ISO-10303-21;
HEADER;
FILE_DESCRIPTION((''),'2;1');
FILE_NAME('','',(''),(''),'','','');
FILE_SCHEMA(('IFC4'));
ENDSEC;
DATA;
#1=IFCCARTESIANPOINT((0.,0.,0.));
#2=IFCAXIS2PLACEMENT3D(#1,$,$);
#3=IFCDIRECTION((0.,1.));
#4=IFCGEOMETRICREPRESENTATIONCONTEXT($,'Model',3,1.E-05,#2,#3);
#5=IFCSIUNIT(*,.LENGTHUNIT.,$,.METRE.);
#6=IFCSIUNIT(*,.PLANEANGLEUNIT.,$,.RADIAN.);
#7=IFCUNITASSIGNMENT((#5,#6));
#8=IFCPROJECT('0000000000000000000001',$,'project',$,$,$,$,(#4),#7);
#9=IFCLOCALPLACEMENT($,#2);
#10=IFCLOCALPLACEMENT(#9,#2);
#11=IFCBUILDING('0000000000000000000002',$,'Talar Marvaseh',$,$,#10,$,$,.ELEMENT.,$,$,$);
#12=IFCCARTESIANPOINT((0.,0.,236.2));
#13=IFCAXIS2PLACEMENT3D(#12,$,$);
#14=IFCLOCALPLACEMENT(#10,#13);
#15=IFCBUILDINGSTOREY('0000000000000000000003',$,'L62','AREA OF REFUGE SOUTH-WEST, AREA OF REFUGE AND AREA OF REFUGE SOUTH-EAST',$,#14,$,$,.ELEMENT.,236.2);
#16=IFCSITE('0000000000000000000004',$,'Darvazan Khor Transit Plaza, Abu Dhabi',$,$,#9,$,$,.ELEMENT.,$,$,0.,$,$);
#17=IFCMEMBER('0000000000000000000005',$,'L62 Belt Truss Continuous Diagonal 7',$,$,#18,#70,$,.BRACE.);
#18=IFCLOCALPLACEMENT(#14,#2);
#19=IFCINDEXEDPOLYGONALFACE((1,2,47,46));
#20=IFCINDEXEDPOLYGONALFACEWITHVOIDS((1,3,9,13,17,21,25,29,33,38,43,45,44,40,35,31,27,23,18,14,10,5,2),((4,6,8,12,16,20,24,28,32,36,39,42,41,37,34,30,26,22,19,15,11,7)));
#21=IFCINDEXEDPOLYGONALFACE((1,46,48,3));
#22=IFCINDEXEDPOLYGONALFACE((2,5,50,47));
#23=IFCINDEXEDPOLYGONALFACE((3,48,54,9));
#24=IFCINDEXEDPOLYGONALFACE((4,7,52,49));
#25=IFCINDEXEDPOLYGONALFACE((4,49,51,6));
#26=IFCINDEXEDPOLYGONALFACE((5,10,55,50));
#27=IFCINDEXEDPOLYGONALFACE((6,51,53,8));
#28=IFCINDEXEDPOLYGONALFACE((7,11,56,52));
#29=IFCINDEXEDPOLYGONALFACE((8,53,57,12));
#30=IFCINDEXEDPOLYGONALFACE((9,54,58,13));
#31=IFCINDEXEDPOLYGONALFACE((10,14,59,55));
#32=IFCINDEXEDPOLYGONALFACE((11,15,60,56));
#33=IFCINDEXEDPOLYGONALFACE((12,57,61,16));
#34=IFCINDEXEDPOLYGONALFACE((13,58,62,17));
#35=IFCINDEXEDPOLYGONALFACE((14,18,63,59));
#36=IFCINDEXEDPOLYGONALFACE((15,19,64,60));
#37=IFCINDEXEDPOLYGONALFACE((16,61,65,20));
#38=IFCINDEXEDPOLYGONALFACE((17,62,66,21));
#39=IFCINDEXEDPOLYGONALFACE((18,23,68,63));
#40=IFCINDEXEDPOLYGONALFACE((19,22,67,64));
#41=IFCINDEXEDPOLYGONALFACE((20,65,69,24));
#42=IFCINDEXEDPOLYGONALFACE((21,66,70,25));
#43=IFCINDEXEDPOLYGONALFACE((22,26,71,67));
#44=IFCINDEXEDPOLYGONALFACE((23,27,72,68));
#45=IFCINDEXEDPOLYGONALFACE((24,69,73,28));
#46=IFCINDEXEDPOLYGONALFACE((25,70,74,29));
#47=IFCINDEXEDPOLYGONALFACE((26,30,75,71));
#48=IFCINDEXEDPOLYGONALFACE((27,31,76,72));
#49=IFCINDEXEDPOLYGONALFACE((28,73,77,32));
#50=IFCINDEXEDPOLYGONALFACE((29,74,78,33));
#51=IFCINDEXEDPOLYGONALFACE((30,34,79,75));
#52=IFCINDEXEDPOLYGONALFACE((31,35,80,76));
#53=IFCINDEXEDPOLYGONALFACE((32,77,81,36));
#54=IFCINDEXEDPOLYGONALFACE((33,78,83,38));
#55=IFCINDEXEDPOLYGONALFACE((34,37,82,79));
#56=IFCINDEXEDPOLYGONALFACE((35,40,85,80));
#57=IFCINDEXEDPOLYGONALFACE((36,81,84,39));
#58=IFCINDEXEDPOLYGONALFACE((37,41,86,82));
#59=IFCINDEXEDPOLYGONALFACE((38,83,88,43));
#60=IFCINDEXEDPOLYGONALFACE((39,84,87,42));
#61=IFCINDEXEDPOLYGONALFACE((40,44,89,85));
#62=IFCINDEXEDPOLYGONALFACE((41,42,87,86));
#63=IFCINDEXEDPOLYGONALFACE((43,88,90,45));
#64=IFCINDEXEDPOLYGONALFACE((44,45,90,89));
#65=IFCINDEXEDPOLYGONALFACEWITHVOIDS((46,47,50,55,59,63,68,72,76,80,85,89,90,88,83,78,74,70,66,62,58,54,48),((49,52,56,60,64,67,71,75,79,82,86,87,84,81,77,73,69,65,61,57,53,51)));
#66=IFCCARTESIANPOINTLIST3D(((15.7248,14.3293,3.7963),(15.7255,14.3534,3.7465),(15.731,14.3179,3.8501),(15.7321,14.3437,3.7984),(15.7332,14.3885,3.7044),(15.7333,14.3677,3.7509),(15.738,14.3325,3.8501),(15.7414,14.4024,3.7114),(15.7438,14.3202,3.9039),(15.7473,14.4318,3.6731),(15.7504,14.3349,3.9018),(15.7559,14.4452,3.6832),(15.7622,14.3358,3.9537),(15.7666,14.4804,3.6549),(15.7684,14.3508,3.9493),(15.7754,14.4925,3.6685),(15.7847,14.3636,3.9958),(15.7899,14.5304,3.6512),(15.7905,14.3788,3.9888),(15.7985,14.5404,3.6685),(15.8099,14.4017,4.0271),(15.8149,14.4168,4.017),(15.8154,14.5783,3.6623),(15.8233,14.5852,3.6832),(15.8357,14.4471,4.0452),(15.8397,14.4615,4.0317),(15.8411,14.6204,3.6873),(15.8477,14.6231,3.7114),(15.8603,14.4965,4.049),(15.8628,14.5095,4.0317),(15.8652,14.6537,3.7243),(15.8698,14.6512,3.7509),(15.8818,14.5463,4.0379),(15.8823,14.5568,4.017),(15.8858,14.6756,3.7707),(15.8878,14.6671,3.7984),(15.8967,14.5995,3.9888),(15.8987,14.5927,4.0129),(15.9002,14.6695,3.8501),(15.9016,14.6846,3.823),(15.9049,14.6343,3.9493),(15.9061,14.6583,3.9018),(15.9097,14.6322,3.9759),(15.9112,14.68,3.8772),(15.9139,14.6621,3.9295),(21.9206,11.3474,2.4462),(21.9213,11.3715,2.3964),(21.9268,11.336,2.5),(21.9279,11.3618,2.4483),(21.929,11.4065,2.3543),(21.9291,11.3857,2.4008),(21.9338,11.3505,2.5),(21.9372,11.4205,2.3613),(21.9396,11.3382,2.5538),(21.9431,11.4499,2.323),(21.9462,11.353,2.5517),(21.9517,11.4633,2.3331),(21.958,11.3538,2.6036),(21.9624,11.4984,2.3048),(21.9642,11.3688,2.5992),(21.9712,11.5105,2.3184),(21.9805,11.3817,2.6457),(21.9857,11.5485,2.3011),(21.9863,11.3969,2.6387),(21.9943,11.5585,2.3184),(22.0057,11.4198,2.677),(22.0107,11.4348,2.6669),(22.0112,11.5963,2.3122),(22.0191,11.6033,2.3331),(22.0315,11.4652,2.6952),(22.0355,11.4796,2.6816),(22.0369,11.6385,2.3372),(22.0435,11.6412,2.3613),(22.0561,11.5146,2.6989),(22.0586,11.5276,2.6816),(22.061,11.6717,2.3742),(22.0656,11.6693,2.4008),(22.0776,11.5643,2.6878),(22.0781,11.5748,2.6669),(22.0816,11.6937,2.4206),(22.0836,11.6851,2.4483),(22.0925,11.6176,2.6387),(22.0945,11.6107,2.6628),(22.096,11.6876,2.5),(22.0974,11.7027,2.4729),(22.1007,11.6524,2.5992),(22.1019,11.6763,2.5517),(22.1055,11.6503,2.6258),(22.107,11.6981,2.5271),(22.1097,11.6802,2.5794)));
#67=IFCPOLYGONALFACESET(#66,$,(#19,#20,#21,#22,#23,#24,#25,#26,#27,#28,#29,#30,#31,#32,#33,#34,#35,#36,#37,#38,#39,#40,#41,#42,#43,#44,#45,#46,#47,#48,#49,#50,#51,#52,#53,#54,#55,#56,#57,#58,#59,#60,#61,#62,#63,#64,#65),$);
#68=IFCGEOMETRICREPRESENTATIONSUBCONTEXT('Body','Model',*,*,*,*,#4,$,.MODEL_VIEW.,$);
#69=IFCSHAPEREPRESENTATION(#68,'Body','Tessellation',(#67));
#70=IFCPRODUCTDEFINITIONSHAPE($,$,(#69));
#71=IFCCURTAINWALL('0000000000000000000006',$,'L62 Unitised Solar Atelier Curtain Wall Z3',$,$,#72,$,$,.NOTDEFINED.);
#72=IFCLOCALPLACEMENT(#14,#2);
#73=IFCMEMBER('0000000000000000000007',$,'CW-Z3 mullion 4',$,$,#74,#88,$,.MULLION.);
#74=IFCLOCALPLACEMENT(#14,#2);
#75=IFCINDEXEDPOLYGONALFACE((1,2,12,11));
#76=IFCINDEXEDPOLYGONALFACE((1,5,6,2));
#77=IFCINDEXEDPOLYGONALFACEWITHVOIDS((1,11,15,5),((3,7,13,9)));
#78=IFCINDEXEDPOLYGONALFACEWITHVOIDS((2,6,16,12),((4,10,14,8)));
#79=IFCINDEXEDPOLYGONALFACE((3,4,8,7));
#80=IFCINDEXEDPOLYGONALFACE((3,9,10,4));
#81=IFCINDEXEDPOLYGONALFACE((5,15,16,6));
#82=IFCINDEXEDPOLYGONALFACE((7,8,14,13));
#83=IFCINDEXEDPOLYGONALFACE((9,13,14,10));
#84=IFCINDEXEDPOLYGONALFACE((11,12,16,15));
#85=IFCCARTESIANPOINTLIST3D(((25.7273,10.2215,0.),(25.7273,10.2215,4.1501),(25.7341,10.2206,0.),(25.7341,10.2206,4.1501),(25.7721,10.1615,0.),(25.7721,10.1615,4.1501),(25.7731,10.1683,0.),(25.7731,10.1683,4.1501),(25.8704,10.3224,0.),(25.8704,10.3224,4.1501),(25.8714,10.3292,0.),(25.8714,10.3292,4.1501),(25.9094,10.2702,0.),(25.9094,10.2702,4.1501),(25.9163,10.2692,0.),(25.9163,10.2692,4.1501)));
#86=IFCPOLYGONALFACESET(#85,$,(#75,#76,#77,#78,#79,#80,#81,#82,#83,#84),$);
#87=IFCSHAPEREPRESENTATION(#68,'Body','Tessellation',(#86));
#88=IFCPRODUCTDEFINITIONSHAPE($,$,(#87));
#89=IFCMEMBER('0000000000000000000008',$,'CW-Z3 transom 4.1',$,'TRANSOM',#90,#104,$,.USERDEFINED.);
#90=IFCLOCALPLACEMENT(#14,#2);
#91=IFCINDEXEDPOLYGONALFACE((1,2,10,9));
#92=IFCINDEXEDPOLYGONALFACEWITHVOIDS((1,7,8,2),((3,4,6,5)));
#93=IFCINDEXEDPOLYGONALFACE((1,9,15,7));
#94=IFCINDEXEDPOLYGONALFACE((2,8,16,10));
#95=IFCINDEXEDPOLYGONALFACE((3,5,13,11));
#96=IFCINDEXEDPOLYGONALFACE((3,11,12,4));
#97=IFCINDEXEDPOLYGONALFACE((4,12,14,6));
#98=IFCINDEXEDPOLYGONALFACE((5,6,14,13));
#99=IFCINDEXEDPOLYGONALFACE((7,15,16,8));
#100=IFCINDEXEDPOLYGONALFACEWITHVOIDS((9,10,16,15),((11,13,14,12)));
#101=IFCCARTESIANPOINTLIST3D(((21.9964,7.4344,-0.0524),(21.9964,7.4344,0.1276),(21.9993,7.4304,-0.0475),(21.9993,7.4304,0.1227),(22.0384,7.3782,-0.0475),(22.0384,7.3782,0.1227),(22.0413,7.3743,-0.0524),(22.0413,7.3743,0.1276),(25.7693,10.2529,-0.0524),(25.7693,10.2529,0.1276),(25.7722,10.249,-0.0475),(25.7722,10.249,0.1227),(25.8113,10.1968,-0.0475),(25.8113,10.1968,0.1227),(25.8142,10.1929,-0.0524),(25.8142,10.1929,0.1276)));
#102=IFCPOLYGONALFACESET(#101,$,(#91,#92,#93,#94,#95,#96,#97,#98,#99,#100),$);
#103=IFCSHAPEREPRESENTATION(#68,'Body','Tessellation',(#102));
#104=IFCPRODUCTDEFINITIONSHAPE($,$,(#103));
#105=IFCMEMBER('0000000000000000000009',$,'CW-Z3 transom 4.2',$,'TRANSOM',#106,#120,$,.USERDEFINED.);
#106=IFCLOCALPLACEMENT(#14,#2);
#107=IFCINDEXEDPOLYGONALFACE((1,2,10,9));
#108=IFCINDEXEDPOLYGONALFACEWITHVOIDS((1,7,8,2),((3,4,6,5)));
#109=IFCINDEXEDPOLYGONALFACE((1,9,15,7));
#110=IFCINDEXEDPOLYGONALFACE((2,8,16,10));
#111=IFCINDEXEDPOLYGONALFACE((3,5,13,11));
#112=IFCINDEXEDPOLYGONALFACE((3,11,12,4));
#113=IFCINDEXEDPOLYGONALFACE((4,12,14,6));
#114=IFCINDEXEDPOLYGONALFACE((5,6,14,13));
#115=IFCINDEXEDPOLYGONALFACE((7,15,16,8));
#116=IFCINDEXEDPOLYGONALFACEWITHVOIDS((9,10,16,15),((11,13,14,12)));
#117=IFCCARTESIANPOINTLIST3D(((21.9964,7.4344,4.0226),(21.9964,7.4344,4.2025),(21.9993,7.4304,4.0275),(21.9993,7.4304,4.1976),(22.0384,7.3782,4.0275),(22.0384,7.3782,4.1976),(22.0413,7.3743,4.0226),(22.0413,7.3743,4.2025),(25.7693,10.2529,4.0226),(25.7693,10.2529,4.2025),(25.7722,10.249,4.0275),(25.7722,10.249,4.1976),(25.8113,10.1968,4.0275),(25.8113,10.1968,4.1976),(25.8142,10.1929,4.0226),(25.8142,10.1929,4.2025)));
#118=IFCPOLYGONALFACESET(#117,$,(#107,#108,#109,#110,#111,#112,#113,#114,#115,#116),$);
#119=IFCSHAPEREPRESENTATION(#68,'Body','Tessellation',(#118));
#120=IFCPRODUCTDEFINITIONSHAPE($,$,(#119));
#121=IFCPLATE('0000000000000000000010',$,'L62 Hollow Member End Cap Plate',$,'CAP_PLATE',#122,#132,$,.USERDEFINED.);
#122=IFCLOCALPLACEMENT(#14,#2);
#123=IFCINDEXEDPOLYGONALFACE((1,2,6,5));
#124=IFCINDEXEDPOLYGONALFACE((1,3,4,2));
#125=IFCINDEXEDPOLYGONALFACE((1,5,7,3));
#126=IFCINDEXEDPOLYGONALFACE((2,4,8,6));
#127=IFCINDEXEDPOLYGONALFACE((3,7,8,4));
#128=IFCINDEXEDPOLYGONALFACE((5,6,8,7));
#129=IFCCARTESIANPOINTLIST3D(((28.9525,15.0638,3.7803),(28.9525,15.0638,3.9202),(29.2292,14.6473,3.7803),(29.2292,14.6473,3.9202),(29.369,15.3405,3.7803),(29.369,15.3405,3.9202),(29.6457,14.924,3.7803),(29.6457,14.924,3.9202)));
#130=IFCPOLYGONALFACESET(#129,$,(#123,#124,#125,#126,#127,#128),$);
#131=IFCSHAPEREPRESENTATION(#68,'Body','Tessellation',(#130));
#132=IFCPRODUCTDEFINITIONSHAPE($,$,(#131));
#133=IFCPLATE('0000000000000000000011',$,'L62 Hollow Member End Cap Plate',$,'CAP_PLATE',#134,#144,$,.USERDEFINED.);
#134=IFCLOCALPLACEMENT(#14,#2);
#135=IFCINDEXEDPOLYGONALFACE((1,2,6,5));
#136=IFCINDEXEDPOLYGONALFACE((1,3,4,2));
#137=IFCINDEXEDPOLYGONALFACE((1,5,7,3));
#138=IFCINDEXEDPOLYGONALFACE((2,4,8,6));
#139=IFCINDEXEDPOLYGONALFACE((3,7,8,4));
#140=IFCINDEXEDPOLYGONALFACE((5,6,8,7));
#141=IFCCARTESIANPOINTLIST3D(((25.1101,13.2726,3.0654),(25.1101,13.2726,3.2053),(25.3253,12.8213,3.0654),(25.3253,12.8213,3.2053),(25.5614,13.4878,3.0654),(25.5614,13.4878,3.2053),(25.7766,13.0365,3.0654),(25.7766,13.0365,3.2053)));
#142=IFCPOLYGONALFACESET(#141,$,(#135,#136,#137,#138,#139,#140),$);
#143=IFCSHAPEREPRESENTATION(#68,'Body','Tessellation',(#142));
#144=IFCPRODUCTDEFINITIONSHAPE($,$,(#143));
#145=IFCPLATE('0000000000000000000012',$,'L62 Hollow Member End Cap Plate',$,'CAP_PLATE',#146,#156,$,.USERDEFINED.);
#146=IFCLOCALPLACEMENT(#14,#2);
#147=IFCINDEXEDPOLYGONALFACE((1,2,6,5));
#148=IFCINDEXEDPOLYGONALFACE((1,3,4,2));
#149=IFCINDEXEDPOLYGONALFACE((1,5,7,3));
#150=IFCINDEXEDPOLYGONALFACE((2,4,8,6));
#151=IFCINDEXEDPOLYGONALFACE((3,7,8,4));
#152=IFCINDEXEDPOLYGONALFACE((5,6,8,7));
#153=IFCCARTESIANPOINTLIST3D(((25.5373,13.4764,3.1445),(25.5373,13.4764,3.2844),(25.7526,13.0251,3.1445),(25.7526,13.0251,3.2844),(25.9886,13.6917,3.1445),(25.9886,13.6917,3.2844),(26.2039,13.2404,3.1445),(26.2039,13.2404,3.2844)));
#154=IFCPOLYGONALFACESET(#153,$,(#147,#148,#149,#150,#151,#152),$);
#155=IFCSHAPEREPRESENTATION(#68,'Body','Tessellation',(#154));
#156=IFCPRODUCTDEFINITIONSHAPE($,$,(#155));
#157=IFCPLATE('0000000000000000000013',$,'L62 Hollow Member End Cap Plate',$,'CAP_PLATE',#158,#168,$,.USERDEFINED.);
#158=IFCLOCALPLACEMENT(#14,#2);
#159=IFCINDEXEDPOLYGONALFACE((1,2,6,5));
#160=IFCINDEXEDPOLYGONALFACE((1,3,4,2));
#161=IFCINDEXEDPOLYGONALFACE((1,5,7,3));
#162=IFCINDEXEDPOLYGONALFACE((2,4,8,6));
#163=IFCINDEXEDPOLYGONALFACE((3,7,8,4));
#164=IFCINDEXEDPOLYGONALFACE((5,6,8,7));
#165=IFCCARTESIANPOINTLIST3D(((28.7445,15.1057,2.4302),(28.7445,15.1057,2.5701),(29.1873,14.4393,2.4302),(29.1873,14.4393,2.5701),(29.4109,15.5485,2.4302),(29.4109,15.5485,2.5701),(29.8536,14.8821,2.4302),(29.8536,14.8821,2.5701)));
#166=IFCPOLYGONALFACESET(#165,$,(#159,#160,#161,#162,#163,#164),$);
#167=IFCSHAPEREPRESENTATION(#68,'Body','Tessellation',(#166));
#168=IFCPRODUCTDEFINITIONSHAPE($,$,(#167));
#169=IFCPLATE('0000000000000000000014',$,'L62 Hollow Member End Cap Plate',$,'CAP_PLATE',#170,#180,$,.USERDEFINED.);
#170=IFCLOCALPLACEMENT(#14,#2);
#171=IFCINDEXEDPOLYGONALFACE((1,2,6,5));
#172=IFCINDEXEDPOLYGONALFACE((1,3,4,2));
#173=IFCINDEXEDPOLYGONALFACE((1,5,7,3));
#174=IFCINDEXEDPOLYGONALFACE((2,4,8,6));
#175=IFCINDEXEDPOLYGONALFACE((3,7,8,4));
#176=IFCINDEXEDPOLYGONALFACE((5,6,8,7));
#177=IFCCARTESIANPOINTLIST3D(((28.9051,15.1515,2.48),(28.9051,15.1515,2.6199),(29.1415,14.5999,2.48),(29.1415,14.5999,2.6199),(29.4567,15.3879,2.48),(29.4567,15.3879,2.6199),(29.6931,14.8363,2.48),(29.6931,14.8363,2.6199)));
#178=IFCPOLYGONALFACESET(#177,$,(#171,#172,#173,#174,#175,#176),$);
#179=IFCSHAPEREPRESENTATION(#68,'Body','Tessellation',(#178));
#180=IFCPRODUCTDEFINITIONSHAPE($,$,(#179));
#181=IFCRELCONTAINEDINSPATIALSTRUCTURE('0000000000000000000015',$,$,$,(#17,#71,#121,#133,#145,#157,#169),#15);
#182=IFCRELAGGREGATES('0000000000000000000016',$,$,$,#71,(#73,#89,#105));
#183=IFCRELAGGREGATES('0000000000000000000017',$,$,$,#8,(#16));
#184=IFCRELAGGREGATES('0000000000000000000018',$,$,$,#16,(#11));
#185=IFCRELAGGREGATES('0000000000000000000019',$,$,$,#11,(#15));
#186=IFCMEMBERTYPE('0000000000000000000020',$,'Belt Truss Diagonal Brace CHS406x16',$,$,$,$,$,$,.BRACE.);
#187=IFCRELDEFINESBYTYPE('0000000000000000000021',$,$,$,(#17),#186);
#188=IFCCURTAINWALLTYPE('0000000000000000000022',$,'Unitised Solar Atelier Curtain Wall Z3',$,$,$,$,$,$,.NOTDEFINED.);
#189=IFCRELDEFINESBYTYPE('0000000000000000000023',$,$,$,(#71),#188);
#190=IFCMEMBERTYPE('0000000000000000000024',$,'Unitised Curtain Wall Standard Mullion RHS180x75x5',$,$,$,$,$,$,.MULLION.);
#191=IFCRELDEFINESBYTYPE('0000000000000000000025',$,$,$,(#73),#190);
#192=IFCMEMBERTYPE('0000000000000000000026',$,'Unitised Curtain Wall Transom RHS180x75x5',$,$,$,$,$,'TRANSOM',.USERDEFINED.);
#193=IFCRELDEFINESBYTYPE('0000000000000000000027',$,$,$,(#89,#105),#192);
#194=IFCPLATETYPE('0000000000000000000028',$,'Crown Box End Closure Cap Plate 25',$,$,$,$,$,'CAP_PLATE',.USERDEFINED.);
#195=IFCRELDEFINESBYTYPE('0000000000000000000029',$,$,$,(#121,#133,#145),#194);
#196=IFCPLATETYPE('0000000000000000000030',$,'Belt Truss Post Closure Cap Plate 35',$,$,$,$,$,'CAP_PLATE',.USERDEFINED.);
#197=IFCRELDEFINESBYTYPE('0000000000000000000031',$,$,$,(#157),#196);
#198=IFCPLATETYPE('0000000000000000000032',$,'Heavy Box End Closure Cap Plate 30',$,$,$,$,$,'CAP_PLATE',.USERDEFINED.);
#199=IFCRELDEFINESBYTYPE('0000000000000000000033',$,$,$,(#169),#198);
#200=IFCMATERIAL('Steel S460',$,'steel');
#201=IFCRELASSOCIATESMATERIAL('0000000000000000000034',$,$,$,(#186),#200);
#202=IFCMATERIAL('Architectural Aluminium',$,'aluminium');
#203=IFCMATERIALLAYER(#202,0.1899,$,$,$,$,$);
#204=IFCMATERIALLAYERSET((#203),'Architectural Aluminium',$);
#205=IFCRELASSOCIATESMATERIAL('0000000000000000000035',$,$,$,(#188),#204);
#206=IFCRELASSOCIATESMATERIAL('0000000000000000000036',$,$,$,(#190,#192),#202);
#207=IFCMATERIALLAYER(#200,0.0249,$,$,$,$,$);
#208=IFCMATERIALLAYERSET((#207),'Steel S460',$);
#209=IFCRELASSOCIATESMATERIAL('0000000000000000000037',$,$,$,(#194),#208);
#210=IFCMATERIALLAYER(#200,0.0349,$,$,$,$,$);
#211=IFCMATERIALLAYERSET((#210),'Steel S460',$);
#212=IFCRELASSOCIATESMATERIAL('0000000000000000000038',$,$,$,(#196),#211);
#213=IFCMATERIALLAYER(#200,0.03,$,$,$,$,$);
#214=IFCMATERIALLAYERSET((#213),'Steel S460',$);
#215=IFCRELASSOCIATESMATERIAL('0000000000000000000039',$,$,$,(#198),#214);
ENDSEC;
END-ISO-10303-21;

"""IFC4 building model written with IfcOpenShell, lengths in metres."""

from ifc_helpers import new_model, si_unit, direction, frame, origin, origin_2d, place, context, subcontext, project, spatial, rectangle, hollow_rectangle, hollow_circle, extrude, source, transform, mapped, material, layer, layer_set, material_profile, profile_set, type_object, type_shapes, element, aggregate, save


model = new_model("IFC4")

# Units and contexts
model_context = context("Model", 3, precision=1e-05, world=origin(), true_north=direction((0.0, 1.0)))
body_context = subcontext(model_context, "Body", "Model", "MODEL_VIEW")
ifc_project = project(units=[si_unit("LENGTHUNIT", "METRE"), si_unit("PLANEANGLEUNIT", "RADIAN")], contexts=[model_context])

# Site, building, storey
site_placement = place(None, origin())
site = spatial("IfcSite", under=ifc_project, at=site_placement, Name="Darvazan Khor Transit Plaza, Abu Dhabi", CompositionType="ELEMENT", RefElevation=0.0)
building_placement = place(site_placement, origin())
building = spatial("IfcBuilding", under=site, at=building_placement, Name="Talar Marvaseh", CompositionType="ELEMENT")
storey_placement = place(building_placement, frame((0.0, 0.0, 236.2)))
storey = spatial("IfcBuildingStorey", under=building, at=storey_placement, Name="L62", Description="AREA OF REFUGE SOUTH-WEST, AREA OF REFUGE AND AREA OF REFUGE SOUTH-EAST", CompositionType="ELEMENT", Elevation=236.2)

# Shared definitions
ifc_material_1 = material(Name="Steel S460", Category="steel")

# Member
ifc_material_profile_1 = material_profile(ifc_material_1, hollow_circle(Radius=0.2031, WallThickness=0.0161, at=origin_2d()), Name="CHS406x16")
ifc_profile_set_1 = profile_set([ifc_material_profile_1], Name="Steel S460")
member_type_1 = type_object("IfcMemberType", Name="Belt Truss Diagonal Brace CHS406x16", PredefinedType="BRACE", material=ifc_profile_set_1)
shared_shape_1 = source(origin(), body_context, "Body", "SweptSolid", [
    extrude(hollow_circle(Radius=0.2031, WallThickness=0.0161, at=origin_2d()), origin(), (0.0, 0.0, 1.0), 7.0073),
])
member_1_placement = place(storey_placement, frame((22.0149, 11.519, 2.5), z_axis=(-0.884189, 0.425545, 0.192669), x_axis=(-0.43367, -0.901072, 0.0)))
element("IfcMember", 1, at=member_1_placement, inside=storey, type_object=member_type_1, Name="L62 Belt Truss Continuous Diagonal 7", PredefinedType="BRACE", context=body_context, shape_type="MappedRepresentation", body=[
    mapped(shared_shape_1, transform((0.0, 0.0, 0.0), x_axis=(1.0, 0.0, 0.0), y_axis=(0.0, 1.0, 0.0), z_axis=(0.0, 0.0, 1.0), scale=1.0)),
])

# Curtain wall, members
ifc_material_2 = material(Name="Architectural Aluminium", Category="aluminium")
ifc_layer_1 = layer(ifc_material_2, 0.1899)
ifc_layer_set_1 = layer_set([ifc_layer_1], Name="Architectural Aluminium")
curtain_wall_type = type_object("IfcCurtainWallType", Name="Unitised Solar Atelier Curtain Wall Z3", PredefinedType="NOTDEFINED", material=ifc_layer_set_1)
curtain_wall_placement = place(storey_placement, origin())
curtain_wall = element("IfcCurtainWall", 2, at=curtain_wall_placement, inside=storey, type_object=curtain_wall_type, Name="L62 Unitised Solar Atelier Curtain Wall Z3", PredefinedType="NOTDEFINED")
ifc_material_profile_2 = material_profile(ifc_material_2, hollow_rectangle(XDim=0.075, YDim=0.1799, WallThickness=0.0049, at=origin_2d()), Name="RHS180x75x5")
ifc_profile_set_2 = profile_set([ifc_material_profile_2], Name="Architectural Aluminium")
member_type_2 = type_object("IfcMemberType", Name="Unitised Curtain Wall Standard Mullion RHS180x75x5", PredefinedType="MULLION", material=ifc_profile_set_2)
shared_shape_2 = source(origin(), body_context, "Body", "SweptSolid", [
    extrude(hollow_rectangle(XDim=0.075, YDim=0.1799, WallThickness=0.0049, at=origin_2d()), origin(), (0.0, 0.0, 1.0), 4.1501),
])
type_shapes(member_type_2, [shared_shape_2])
member_2_placement = place(storey_placement, frame((25.8218, 10.2454, 0.0), z_axis=(0.0, 0.0, 1.0), x_axis=(0.598448, -0.801162, 0.0)))
member_2 = element("IfcMember", 3, at=member_2_placement, type_object=member_type_2, Name="CW-Z3 mullion 4", PredefinedType="MULLION", context=body_context, shape_type="MappedRepresentation", body=[
    mapped(shared_shape_2, transform((0.0, 0.0, 0.0), x_axis=(1.0, 0.0, 0.0), y_axis=(0.0, 1.0, 0.0), z_axis=(0.0, 0.0, 1.0), scale=1.0)),
])
ifc_material_profile_3 = material_profile(ifc_material_2, hollow_rectangle(XDim=0.075, YDim=0.1799, WallThickness=0.0049, at=origin_2d()), Name="RHS180x75x5")
ifc_profile_set_3 = profile_set([ifc_material_profile_3], Name="Architectural Aluminium")
member_type_3 = type_object("IfcMemberType", Name="Unitised Curtain Wall Transom RHS180x75x5", ElementType="TRANSOM", PredefinedType="USERDEFINED", material=ifc_profile_set_3)
shared_shape_3 = source(origin(), body_context, "Body", "SweptSolid", [
    extrude(hollow_rectangle(XDim=0.075, YDim=0.1799, WallThickness=0.0049, at=origin_2d()), origin(), (0.0, 0.0, 1.0), 4.7095),
])
type_shapes(member_type_3, [shared_shape_3])
member_3_placement = place(storey_placement, frame((25.7917, 10.2229, 0.0376), z_axis=(-0.801131, -0.598489, 0.0), x_axis=(0.598489, -0.801131, 0.0)))
member_3 = element("IfcMember", 4, at=member_3_placement, type_object=member_type_3, Name="CW-Z3 transom 4.1", ObjectType="TRANSOM", PredefinedType="USERDEFINED", context=body_context, shape_type="MappedRepresentation", body=[
    mapped(shared_shape_3, transform((0.0, 0.0, 0.0), x_axis=(1.0, 0.0, 0.0), y_axis=(0.0, 1.0, 0.0), z_axis=(0.0, 0.0, 1.0), scale=1.0)),
])
member_4_placement = place(storey_placement, frame((25.7917, 10.2229, 4.1125), z_axis=(-0.801131, -0.598489, 0.0), x_axis=(0.598489, -0.801131, 0.0)))
member_4 = element("IfcMember", 5, at=member_4_placement, type_object=member_type_3, Name="CW-Z3 transom 4.2", ObjectType="TRANSOM", PredefinedType="USERDEFINED", context=body_context, shape_type="MappedRepresentation", body=[
    mapped(shared_shape_3, transform((0.0, 0.0, 0.0), x_axis=(1.0, 0.0, 0.0), y_axis=(0.0, 1.0, 0.0), z_axis=(0.0, 0.0, 1.0), scale=1.0)),
])

# Plates
ifc_layer_2 = layer(ifc_material_1, 0.0249)
ifc_layer_set_2 = layer_set([ifc_layer_2], Name="Steel S460")
plate_type_1 = type_object("IfcPlateType", Name="Crown Box End Closure Cap Plate 25", ElementType="CAP_PLATE", PredefinedType="USERDEFINED", material=ifc_layer_set_2)
shared_shape_4 = source(origin(), body_context, "Body", "SweptSolid", [
    extrude(rectangle(XDim=0.5, YDim=0.5, at=origin_2d()), origin(), (0.0, 0.0, 1.0), 0.1399),
])
type_shapes(plate_type_1, [shared_shape_4])
for number, where, z_axis, x_axis, name in (
    (6, (29.2991, 14.9939, 3.7803), (0.0, 0.0, 1.0), (-0.832921, -0.553392, 0.0), "L62 Hollow Member End Cap Plate"),
    (7, (25.4434, 13.1545, 3.0654), (0.0, 0.0, 1.0), (0.902585, 0.430511, 0.0), "L62 Hollow Member End Cap Plate"),
    (8, (25.8706, 13.3584, 3.1445), (0.0, 0.0, 1.0), (0.902585, 0.430511, 0.0), "L62 Hollow Member End Cap Plate"),
):
    element("IfcPlate", number, at=place(storey_placement, frame(where, z_axis=z_axis, x_axis=x_axis)), inside=storey, type_object=plate_type_1, Name=name, ObjectType="CAP_PLATE", PredefinedType="USERDEFINED", context=body_context, shape_type="MappedRepresentation", body=[
        mapped(shared_shape_4, transform((0.0, 0.0, 0.0), x_axis=(1.0, 0.0, 0.0), y_axis=(0.0, 1.0, 0.0), z_axis=(0.0, 0.0, 1.0), scale=1.0)),
    ])
ifc_layer_3 = layer(ifc_material_1, 0.0349)
ifc_layer_set_3 = layer_set([ifc_layer_3], Name="Steel S460")
plate_type_2 = type_object("IfcPlateType", Name="Belt Truss Post Closure Cap Plate 35", ElementType="CAP_PLATE", PredefinedType="USERDEFINED", material=ifc_layer_set_3)
shared_shape_5 = source(origin(), body_context, "Body", "SweptSolid", [
    extrude(rectangle(XDim=0.8, YDim=0.8, at=origin_2d()), origin(), (0.0, 0.0, 1.0), 0.1399),
])
plate_1_placement = place(storey_placement, frame((29.2991, 14.9939, 2.4302), z_axis=(0.0, 0.0, 1.0), x_axis=(-0.832921, -0.553392, 0.0)))
element("IfcPlate", 9, at=plate_1_placement, inside=storey, type_object=plate_type_2, Name="L62 Hollow Member End Cap Plate", ObjectType="CAP_PLATE", PredefinedType="USERDEFINED", context=body_context, shape_type="MappedRepresentation", body=[
    mapped(shared_shape_5, transform((0.0, 0.0, 0.0), x_axis=(1.0, 0.0, 0.0), y_axis=(0.0, 1.0, 0.0), z_axis=(0.0, 0.0, 1.0), scale=1.0)),
])
ifc_layer_4 = layer(ifc_material_1, 0.03)
ifc_layer_set_4 = layer_set([ifc_layer_4], Name="Steel S460")
plate_type_3 = type_object("IfcPlateType", Name="Heavy Box End Closure Cap Plate 30", ElementType="CAP_PLATE", PredefinedType="USERDEFINED", material=ifc_layer_set_4)
shared_shape_6 = source(origin(), body_context, "Body", "SweptSolid", [
    extrude(rectangle(XDim=0.6001, YDim=0.6001, at=origin_2d()), origin(), (0.0, 0.0, 1.0), 0.1399),
])
type_shapes(plate_type_3, [shared_shape_6])
for number, where, z_axis, x_axis, name in (
    (10, (29.2991, 14.9939, 2.48), (0.0, 0.0, 1.0), (-0.393942, 0.919135, 0.0), "L62 Hollow Member End Cap Plate"),
):
    element("IfcPlate", number, at=place(storey_placement, frame(where, z_axis=z_axis, x_axis=x_axis)), inside=storey, type_object=plate_type_3, Name=name, ObjectType="CAP_PLATE", PredefinedType="USERDEFINED", context=body_context, shape_type="MappedRepresentation", body=[
        mapped(shared_shape_6, transform((0.0, 0.0, 0.0), x_axis=(1.0, 0.0, 0.0), y_axis=(0.0, 1.0, 0.0), z_axis=(0.0, 0.0, 1.0), scale=1.0)),
    ])

aggregate(curtain_wall, [member_2, member_3, member_4])

save(model, "model.ifc")
